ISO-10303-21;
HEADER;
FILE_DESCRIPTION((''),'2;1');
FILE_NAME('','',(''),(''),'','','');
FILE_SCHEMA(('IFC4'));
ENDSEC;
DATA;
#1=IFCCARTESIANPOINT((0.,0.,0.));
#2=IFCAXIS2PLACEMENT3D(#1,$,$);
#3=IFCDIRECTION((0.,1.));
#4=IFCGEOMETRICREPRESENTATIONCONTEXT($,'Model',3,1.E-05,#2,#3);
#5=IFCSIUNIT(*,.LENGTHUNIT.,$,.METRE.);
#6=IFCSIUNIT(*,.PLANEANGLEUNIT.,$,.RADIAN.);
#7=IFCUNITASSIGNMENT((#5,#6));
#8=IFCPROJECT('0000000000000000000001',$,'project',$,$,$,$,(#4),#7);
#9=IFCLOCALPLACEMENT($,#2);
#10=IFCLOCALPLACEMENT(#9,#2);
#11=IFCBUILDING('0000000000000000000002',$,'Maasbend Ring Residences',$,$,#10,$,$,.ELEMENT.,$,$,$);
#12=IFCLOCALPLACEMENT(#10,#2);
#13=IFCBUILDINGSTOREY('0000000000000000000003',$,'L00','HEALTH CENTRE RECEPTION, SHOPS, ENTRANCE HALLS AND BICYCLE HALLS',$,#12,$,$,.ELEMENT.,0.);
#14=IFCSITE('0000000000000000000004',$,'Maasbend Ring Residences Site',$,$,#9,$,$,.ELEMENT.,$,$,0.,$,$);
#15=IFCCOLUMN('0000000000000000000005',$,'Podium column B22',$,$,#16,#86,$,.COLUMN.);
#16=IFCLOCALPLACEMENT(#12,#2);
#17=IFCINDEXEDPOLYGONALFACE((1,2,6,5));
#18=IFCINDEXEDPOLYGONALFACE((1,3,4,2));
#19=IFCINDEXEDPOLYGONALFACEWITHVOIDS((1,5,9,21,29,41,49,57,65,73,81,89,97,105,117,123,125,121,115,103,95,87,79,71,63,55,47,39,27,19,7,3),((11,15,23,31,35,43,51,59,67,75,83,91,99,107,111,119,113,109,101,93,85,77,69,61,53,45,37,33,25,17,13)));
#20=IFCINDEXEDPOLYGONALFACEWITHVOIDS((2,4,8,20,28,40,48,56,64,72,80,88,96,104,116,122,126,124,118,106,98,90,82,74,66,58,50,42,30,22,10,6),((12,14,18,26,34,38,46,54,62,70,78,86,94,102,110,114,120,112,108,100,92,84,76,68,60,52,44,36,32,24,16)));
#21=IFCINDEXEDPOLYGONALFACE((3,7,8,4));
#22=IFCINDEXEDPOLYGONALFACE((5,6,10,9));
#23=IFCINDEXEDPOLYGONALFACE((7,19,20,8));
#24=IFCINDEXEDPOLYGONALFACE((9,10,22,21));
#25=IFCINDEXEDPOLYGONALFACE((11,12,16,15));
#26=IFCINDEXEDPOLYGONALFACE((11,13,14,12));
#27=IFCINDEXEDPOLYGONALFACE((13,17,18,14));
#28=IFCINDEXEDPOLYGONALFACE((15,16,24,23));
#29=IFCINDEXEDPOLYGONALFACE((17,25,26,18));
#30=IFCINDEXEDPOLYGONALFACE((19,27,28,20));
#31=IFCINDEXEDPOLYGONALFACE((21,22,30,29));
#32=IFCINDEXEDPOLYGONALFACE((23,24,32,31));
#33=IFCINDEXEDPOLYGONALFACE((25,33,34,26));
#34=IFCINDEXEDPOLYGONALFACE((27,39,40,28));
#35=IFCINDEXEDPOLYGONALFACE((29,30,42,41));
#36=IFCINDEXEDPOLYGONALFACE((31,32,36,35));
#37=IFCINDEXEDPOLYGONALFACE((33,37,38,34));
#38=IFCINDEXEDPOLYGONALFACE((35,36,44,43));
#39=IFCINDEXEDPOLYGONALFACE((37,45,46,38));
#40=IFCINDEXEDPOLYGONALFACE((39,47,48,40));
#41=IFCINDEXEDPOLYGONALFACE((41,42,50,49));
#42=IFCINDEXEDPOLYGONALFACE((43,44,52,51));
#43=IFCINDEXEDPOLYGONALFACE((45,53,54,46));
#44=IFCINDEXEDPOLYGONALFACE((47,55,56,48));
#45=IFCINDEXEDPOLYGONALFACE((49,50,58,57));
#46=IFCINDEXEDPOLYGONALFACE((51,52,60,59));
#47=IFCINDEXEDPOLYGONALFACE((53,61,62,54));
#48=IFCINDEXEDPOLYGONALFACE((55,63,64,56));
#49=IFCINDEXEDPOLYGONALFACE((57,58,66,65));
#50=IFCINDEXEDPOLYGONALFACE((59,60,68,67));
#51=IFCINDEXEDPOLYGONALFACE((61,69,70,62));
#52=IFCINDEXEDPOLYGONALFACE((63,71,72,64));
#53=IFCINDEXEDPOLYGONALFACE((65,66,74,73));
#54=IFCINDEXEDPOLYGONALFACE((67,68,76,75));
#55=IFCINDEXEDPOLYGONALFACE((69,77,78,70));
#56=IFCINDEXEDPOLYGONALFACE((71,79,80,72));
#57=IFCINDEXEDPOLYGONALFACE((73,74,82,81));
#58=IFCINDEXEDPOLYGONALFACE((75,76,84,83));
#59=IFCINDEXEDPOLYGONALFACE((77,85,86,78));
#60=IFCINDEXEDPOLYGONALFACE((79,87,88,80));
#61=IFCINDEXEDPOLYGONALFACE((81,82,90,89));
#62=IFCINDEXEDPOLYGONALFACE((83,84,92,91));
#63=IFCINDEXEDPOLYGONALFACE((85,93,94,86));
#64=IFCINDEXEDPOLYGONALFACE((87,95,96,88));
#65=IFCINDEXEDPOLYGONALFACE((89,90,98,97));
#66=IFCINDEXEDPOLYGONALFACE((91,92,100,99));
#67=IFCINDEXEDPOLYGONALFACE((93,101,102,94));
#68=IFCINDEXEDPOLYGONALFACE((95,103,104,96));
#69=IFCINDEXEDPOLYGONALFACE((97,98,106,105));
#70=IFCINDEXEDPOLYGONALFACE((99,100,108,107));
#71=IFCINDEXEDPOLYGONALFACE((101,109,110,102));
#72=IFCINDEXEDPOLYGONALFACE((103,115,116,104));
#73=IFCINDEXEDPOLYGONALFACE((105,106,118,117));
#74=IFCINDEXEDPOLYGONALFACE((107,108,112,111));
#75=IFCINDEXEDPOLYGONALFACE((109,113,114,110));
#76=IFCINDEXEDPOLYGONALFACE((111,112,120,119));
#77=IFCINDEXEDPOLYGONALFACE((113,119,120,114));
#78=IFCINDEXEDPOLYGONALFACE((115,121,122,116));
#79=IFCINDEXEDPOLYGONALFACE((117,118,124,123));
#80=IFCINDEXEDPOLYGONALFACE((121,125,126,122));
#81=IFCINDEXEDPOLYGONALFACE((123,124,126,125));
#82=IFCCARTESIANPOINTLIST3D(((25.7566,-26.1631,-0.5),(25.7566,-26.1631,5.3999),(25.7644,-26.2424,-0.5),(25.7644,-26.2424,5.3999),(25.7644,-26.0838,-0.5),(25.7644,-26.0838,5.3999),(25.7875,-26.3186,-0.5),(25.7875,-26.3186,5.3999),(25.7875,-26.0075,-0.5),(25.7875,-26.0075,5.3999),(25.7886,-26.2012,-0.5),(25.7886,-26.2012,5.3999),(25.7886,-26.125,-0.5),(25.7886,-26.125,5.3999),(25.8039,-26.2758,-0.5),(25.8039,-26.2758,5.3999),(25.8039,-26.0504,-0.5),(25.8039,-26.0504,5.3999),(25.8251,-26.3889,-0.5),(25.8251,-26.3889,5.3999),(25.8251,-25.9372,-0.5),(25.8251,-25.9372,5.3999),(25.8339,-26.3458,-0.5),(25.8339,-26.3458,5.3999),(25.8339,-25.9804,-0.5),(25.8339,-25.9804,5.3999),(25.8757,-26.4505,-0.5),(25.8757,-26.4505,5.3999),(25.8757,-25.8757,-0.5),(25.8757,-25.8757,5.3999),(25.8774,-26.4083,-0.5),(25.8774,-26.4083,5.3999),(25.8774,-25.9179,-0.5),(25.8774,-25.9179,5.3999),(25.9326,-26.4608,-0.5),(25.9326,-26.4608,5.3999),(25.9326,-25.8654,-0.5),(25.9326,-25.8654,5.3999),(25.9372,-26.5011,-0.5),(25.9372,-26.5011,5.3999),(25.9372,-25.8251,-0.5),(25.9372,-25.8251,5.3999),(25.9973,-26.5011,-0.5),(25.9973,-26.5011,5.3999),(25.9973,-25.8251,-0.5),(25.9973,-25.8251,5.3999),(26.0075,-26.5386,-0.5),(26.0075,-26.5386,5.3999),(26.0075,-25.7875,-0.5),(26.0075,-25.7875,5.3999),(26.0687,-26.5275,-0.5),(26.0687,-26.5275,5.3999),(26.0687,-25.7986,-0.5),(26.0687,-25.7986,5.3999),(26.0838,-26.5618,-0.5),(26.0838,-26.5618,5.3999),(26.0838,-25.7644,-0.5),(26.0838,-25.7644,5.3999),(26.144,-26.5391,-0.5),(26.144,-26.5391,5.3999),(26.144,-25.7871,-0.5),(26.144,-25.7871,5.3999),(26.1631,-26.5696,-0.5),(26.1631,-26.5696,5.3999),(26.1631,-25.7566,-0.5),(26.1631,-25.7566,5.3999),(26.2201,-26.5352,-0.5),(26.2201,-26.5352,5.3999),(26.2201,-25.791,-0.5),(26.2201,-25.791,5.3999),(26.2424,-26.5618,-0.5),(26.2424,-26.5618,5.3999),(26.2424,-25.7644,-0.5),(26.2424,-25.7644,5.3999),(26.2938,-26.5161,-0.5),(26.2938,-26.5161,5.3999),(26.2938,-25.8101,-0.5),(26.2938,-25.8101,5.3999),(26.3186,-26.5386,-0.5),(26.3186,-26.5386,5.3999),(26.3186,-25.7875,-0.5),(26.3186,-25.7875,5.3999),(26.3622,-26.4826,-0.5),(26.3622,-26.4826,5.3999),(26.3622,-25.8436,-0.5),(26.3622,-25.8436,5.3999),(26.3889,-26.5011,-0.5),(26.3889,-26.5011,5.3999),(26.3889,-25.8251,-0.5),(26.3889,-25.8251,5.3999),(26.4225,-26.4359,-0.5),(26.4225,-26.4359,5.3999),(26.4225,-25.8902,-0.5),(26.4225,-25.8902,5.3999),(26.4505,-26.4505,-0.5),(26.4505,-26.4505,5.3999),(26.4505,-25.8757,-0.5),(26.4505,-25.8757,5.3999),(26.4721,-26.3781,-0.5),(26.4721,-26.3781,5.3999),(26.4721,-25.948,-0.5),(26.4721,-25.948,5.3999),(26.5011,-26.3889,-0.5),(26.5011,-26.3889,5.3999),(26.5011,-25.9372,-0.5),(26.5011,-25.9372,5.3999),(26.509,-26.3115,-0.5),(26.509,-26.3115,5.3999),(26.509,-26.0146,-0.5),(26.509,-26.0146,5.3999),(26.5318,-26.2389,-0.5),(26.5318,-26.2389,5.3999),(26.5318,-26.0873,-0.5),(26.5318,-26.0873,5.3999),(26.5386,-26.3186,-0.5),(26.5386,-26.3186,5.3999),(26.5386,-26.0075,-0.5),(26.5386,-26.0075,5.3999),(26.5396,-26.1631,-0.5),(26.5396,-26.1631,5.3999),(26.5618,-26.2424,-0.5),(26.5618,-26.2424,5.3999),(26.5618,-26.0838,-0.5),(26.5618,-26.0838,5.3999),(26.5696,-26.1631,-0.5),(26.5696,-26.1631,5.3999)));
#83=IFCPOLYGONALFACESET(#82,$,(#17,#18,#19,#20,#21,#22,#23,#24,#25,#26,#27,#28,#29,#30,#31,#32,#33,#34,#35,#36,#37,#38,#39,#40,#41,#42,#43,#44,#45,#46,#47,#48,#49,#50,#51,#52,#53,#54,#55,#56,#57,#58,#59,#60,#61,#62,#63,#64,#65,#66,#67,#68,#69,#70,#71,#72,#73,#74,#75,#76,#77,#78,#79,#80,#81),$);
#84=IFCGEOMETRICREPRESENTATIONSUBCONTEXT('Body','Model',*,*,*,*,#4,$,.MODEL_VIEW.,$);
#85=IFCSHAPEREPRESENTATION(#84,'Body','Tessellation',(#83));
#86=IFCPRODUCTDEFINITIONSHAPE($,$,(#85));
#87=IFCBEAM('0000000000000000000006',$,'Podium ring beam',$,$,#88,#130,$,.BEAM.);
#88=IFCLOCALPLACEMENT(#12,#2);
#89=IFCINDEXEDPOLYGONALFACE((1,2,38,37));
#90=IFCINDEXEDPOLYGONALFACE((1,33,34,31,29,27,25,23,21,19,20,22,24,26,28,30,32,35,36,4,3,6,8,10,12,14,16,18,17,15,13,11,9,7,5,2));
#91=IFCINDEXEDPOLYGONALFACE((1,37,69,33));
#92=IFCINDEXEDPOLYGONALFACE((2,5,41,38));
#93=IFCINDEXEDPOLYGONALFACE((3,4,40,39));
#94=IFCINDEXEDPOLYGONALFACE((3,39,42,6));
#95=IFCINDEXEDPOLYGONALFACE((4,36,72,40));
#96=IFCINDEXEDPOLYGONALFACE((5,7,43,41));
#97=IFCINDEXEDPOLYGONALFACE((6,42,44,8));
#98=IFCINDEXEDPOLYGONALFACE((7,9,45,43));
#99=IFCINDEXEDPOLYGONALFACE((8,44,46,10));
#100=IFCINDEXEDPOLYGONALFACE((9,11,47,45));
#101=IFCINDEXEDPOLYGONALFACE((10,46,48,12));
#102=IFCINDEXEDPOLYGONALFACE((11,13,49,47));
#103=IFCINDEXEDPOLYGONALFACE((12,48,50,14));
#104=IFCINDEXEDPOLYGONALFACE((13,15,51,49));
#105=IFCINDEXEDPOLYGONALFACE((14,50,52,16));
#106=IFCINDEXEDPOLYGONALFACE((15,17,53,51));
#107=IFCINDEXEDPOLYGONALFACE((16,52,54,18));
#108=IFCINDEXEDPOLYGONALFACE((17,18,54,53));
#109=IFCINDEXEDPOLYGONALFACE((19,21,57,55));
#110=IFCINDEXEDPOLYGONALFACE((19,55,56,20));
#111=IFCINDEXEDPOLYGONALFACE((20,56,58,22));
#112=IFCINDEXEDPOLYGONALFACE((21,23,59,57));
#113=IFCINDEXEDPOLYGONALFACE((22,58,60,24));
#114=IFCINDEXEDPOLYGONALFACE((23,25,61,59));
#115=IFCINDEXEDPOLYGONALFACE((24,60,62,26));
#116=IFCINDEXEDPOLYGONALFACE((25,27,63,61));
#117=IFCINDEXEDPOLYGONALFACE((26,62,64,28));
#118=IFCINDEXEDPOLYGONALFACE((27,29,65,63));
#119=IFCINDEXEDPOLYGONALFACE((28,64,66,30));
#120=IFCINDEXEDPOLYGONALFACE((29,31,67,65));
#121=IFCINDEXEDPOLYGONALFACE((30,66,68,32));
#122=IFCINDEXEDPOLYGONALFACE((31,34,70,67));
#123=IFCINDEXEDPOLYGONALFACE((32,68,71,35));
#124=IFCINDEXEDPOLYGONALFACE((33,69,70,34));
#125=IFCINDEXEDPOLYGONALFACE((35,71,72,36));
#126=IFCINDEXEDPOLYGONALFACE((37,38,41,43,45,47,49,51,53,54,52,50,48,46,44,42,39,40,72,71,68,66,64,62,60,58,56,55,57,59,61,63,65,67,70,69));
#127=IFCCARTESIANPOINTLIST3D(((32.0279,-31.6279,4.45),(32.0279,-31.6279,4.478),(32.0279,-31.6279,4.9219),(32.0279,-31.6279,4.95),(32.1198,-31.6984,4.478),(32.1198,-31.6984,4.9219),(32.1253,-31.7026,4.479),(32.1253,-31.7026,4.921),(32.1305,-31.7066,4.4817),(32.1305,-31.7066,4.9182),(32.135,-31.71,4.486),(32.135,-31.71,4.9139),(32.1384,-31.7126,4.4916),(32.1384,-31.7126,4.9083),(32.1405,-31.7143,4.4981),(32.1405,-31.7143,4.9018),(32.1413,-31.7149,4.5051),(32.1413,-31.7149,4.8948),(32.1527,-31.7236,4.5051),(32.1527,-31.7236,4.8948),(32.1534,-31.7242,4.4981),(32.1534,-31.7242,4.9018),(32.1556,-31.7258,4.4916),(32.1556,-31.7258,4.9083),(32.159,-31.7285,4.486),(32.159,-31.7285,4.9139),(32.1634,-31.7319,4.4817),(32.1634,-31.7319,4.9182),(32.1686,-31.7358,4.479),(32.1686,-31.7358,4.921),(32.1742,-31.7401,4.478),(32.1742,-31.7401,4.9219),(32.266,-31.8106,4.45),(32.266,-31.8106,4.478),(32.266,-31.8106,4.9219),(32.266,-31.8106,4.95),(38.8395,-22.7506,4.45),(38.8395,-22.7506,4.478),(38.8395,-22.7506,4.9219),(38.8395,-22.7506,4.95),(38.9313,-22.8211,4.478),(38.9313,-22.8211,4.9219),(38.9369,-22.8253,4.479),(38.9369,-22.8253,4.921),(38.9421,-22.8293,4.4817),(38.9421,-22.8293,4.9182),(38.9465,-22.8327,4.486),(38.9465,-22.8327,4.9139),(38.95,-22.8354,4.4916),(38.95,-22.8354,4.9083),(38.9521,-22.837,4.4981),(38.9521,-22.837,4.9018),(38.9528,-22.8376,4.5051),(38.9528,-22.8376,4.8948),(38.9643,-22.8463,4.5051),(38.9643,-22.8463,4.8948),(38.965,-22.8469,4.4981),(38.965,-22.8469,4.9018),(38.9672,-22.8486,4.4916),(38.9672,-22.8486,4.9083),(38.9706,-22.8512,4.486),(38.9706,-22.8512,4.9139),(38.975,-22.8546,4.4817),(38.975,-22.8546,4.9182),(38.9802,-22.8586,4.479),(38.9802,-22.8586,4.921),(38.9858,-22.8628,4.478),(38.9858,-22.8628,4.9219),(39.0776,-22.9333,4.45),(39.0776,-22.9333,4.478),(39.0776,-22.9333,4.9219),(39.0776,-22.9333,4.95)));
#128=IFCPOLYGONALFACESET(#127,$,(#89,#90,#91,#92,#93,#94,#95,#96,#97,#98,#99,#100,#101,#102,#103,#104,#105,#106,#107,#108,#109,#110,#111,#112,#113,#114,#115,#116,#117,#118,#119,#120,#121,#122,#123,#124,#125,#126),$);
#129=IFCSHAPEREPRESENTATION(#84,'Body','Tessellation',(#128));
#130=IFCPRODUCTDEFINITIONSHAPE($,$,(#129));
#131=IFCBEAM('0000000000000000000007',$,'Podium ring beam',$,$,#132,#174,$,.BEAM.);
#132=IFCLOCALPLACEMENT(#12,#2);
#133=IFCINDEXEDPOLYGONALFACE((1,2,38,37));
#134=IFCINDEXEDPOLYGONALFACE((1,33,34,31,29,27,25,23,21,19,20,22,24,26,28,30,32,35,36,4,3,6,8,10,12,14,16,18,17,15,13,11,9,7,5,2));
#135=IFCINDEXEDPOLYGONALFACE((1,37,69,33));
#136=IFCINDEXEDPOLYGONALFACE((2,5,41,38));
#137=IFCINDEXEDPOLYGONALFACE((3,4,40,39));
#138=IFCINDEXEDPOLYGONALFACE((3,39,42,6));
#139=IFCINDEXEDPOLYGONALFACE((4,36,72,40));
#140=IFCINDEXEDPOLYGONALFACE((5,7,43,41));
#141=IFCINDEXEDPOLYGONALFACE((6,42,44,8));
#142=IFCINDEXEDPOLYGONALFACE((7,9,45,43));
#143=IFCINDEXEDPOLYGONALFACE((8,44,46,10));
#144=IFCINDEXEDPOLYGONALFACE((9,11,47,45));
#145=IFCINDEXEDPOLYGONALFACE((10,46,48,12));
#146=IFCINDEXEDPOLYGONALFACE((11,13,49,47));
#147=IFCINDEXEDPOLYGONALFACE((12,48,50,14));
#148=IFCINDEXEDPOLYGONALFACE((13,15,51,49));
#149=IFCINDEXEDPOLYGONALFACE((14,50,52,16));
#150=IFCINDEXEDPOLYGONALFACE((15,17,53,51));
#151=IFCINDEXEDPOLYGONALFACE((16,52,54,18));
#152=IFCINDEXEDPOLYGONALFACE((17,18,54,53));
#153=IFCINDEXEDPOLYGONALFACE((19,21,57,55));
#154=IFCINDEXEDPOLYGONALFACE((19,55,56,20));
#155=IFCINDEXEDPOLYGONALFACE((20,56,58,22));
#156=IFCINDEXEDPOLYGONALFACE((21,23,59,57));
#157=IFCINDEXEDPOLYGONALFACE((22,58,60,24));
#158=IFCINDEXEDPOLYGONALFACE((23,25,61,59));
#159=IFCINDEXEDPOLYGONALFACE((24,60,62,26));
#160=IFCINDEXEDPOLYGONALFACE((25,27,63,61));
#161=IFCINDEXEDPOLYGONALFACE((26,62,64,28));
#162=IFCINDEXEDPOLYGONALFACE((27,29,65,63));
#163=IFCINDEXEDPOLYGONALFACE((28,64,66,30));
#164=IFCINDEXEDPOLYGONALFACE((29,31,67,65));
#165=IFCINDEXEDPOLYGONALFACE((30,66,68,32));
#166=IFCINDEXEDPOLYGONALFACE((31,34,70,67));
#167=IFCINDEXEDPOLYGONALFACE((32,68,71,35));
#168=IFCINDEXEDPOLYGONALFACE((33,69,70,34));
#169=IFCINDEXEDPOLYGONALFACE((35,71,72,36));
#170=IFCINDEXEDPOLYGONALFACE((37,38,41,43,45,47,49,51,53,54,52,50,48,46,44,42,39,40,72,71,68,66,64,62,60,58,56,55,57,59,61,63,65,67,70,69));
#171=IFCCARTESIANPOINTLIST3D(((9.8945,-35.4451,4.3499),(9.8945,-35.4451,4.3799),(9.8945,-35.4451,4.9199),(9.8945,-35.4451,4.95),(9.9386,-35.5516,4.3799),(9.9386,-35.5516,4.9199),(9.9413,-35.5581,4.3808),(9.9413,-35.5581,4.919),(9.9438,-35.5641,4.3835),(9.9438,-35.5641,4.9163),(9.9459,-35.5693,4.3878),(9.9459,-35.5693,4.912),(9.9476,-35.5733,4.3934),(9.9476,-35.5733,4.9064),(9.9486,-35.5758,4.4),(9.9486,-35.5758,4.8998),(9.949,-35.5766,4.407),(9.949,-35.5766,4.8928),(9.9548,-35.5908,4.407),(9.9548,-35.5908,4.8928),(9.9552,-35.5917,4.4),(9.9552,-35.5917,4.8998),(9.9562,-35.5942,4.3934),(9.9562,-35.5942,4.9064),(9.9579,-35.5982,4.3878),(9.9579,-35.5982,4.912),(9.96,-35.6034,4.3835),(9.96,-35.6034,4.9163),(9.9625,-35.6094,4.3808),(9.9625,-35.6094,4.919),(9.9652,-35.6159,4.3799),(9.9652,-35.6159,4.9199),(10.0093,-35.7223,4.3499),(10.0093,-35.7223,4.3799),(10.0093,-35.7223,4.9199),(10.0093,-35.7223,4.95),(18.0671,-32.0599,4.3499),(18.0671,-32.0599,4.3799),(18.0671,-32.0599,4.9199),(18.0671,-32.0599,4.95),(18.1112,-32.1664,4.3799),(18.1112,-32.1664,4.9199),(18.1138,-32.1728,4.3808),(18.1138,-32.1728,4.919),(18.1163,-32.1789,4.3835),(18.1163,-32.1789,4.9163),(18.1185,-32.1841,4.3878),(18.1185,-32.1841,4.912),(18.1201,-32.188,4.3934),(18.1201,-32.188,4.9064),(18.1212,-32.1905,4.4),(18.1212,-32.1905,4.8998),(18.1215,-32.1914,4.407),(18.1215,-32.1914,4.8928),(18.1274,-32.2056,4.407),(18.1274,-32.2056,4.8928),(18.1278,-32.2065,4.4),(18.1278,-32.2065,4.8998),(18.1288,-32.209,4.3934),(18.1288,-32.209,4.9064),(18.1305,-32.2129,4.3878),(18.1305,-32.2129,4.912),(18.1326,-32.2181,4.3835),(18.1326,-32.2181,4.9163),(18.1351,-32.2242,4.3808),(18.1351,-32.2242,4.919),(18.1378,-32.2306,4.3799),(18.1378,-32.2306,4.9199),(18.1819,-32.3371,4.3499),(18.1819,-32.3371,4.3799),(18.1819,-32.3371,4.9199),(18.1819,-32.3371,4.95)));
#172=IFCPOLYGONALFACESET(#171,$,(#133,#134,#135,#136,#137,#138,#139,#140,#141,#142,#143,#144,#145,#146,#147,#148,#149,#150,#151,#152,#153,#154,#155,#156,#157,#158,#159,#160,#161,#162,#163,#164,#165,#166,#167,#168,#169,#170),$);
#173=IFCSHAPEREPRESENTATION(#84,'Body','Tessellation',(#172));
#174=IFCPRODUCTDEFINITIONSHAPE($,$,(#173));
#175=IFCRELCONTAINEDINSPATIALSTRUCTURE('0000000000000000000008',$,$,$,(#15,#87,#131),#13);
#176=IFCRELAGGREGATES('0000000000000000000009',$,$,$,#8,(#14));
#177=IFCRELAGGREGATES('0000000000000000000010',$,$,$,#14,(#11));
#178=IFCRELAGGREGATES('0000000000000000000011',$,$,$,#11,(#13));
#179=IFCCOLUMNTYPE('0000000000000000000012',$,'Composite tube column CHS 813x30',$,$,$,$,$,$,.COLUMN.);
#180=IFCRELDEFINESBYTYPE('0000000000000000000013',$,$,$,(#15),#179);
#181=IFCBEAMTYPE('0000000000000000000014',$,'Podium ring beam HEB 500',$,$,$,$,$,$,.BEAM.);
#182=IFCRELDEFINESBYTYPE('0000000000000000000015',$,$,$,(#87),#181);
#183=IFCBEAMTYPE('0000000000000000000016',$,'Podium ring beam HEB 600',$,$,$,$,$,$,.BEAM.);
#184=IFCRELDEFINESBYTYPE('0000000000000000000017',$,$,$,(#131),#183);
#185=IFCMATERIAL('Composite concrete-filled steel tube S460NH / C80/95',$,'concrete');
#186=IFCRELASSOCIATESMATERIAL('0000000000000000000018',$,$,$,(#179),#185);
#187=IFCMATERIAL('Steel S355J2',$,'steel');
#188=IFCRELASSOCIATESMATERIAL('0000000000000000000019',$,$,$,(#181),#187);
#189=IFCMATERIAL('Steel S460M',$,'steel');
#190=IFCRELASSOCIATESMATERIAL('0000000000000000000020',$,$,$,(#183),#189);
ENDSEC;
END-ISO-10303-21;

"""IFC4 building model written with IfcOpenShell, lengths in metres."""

from ifc_helpers import new_model, si_unit, direction, frame, origin, origin_2d, place, context, subcontext, project, spatial, hollow_circle, i_section, extrude, material, material_profile, profile_set, type_object, element, save


model = new_model("IFC4")

# Units and contexts
model_context = context("Model", 3, precision=1e-05, world=origin(), true_north=direction((0.0, 1.0)))
body_context = subcontext(model_context, "Body", "Model", "MODEL_VIEW")
ifc_project = project(units=[si_unit("LENGTHUNIT", "METRE"), si_unit("PLANEANGLEUNIT", "RADIAN")], contexts=[model_context])

# Site, building, storey
site_placement = place(None, origin())
site = spatial("IfcSite", under=ifc_project, at=site_placement, Name="Maasbend Ring Residences Site", CompositionType="ELEMENT", RefElevation=0.0)
building_placement = place(site_placement, origin())
building = spatial("IfcBuilding", under=site, at=building_placement, Name="Maasbend Ring Residences", CompositionType="ELEMENT")
storey_placement = place(building_placement, origin())
storey = spatial("IfcBuildingStorey", under=building, at=storey_placement, Name="L00", Description="HEALTH CENTRE RECEPTION, SHOPS, ENTRANCE HALLS AND BICYCLE HALLS", CompositionType="ELEMENT", Elevation=0.0)

# Column
ifc_material_1 = material(Name="Composite concrete-filled steel tube S460NH / C80/95", Category="concrete")
ifc_material_profile_1 = material_profile(ifc_material_1, hollow_circle(Radius=0.4065, WallThickness=0.03, at=origin_2d()), Name="Composite tube column CHS 813x30")
ifc_profile_set_1 = profile_set([ifc_material_profile_1], Name="Composite concrete-filled steel tube S460NH / C80/95")
column_type_1 = type_object("IfcColumnType", Name="Composite tube column CHS 813x30", PredefinedType="COLUMN", material=ifc_profile_set_1)
for number, where, z_axis, x_axis, name in (
    (1, (26.1631, -26.1631, -0.5), (0.0, 0.0, 1.0), (1.0, 0.0, 0.0), "Podium column B22"),
):
    element("IfcColumn", number, at=place(storey_placement, frame(where, z_axis=z_axis, x_axis=x_axis)), inside=storey, type_object=column_type_1, Name=name, PredefinedType="COLUMN", context=body_context, shape_type="SweptSolid", body=[
        extrude(hollow_circle(Radius=0.4065, WallThickness=0.03, at=origin_2d()), origin(), (0.0, 0.0, 1.0), 5.8999),
    ])

# Beams
ifc_material_2 = material(Name="Steel S355J2", Category="steel")
ifc_material_profile_2 = material_profile(ifc_material_2, i_section(OverallWidth=0.3, OverallDepth=0.5, WebThickness=0.0144, FlangeThickness=0.0281, FilletRadius=0.0271, at=origin_2d()), Name="HEB 500")
ifc_profile_set_2 = profile_set([ifc_material_profile_2], Name="Steel S355J2")
beam_type_1 = type_object("IfcBeamType", Name="Podium ring beam HEB 500", PredefinedType="BEAM", material=ifc_profile_set_2)
beam_1_placement = place(storey_placement, frame((32.147, -31.7192, 4.7), z_axis=(0.608751, 0.793362, 0.0), x_axis=(-0.793362, 0.608751, 0.0)))
element("IfcBeam", 2, at=beam_1_placement, inside=storey, type_object=beam_type_1, Name="Podium ring beam", PredefinedType="BEAM", context=body_context, shape_type="SweptSolid", body=[
    extrude(i_section(OverallWidth=0.3, OverallDepth=0.5, WebThickness=0.0144, FlangeThickness=0.0281, FilletRadius=0.0271, at=origin_2d()), origin(), (0.0, 0.0, 1.0), 11.1895),
])
ifc_material_3 = material(Name="Steel S460M", Category="steel")
ifc_material_profile_3 = material_profile(ifc_material_3, i_section(OverallWidth=0.3, OverallDepth=0.6001, WebThickness=0.0154, FlangeThickness=0.03, FilletRadius=0.0271, at=origin_2d()), Name="HEB 600")
ifc_profile_set_3 = profile_set([ifc_material_profile_3], Name="Steel S460M")
beam_type_2 = type_object("IfcBeamType", Name="Podium ring beam HEB 600", PredefinedType="BEAM", material=ifc_profile_set_3)
for number, where, z_axis, x_axis, name in (
    (3, (9.9519, -35.5837, 4.6499), (0.923878, 0.382688, 0.0), (-0.382688, 0.923878, 0.0), "Podium ring beam"),
):
    element("IfcBeam", number, at=place(storey_placement, frame(where, z_axis=z_axis, x_axis=x_axis)), inside=storey, type_object=beam_type_2, Name=name, PredefinedType="BEAM", context=body_context, shape_type="SweptSolid", body=[
        extrude(i_section(OverallWidth=0.3, OverallDepth=0.6001, WebThickness=0.0154, FlangeThickness=0.03, FilletRadius=0.0271, at=origin_2d()), origin(), (0.0, 0.0, 1.0), 8.8459),
    ])

save(model, "model.ifc")
